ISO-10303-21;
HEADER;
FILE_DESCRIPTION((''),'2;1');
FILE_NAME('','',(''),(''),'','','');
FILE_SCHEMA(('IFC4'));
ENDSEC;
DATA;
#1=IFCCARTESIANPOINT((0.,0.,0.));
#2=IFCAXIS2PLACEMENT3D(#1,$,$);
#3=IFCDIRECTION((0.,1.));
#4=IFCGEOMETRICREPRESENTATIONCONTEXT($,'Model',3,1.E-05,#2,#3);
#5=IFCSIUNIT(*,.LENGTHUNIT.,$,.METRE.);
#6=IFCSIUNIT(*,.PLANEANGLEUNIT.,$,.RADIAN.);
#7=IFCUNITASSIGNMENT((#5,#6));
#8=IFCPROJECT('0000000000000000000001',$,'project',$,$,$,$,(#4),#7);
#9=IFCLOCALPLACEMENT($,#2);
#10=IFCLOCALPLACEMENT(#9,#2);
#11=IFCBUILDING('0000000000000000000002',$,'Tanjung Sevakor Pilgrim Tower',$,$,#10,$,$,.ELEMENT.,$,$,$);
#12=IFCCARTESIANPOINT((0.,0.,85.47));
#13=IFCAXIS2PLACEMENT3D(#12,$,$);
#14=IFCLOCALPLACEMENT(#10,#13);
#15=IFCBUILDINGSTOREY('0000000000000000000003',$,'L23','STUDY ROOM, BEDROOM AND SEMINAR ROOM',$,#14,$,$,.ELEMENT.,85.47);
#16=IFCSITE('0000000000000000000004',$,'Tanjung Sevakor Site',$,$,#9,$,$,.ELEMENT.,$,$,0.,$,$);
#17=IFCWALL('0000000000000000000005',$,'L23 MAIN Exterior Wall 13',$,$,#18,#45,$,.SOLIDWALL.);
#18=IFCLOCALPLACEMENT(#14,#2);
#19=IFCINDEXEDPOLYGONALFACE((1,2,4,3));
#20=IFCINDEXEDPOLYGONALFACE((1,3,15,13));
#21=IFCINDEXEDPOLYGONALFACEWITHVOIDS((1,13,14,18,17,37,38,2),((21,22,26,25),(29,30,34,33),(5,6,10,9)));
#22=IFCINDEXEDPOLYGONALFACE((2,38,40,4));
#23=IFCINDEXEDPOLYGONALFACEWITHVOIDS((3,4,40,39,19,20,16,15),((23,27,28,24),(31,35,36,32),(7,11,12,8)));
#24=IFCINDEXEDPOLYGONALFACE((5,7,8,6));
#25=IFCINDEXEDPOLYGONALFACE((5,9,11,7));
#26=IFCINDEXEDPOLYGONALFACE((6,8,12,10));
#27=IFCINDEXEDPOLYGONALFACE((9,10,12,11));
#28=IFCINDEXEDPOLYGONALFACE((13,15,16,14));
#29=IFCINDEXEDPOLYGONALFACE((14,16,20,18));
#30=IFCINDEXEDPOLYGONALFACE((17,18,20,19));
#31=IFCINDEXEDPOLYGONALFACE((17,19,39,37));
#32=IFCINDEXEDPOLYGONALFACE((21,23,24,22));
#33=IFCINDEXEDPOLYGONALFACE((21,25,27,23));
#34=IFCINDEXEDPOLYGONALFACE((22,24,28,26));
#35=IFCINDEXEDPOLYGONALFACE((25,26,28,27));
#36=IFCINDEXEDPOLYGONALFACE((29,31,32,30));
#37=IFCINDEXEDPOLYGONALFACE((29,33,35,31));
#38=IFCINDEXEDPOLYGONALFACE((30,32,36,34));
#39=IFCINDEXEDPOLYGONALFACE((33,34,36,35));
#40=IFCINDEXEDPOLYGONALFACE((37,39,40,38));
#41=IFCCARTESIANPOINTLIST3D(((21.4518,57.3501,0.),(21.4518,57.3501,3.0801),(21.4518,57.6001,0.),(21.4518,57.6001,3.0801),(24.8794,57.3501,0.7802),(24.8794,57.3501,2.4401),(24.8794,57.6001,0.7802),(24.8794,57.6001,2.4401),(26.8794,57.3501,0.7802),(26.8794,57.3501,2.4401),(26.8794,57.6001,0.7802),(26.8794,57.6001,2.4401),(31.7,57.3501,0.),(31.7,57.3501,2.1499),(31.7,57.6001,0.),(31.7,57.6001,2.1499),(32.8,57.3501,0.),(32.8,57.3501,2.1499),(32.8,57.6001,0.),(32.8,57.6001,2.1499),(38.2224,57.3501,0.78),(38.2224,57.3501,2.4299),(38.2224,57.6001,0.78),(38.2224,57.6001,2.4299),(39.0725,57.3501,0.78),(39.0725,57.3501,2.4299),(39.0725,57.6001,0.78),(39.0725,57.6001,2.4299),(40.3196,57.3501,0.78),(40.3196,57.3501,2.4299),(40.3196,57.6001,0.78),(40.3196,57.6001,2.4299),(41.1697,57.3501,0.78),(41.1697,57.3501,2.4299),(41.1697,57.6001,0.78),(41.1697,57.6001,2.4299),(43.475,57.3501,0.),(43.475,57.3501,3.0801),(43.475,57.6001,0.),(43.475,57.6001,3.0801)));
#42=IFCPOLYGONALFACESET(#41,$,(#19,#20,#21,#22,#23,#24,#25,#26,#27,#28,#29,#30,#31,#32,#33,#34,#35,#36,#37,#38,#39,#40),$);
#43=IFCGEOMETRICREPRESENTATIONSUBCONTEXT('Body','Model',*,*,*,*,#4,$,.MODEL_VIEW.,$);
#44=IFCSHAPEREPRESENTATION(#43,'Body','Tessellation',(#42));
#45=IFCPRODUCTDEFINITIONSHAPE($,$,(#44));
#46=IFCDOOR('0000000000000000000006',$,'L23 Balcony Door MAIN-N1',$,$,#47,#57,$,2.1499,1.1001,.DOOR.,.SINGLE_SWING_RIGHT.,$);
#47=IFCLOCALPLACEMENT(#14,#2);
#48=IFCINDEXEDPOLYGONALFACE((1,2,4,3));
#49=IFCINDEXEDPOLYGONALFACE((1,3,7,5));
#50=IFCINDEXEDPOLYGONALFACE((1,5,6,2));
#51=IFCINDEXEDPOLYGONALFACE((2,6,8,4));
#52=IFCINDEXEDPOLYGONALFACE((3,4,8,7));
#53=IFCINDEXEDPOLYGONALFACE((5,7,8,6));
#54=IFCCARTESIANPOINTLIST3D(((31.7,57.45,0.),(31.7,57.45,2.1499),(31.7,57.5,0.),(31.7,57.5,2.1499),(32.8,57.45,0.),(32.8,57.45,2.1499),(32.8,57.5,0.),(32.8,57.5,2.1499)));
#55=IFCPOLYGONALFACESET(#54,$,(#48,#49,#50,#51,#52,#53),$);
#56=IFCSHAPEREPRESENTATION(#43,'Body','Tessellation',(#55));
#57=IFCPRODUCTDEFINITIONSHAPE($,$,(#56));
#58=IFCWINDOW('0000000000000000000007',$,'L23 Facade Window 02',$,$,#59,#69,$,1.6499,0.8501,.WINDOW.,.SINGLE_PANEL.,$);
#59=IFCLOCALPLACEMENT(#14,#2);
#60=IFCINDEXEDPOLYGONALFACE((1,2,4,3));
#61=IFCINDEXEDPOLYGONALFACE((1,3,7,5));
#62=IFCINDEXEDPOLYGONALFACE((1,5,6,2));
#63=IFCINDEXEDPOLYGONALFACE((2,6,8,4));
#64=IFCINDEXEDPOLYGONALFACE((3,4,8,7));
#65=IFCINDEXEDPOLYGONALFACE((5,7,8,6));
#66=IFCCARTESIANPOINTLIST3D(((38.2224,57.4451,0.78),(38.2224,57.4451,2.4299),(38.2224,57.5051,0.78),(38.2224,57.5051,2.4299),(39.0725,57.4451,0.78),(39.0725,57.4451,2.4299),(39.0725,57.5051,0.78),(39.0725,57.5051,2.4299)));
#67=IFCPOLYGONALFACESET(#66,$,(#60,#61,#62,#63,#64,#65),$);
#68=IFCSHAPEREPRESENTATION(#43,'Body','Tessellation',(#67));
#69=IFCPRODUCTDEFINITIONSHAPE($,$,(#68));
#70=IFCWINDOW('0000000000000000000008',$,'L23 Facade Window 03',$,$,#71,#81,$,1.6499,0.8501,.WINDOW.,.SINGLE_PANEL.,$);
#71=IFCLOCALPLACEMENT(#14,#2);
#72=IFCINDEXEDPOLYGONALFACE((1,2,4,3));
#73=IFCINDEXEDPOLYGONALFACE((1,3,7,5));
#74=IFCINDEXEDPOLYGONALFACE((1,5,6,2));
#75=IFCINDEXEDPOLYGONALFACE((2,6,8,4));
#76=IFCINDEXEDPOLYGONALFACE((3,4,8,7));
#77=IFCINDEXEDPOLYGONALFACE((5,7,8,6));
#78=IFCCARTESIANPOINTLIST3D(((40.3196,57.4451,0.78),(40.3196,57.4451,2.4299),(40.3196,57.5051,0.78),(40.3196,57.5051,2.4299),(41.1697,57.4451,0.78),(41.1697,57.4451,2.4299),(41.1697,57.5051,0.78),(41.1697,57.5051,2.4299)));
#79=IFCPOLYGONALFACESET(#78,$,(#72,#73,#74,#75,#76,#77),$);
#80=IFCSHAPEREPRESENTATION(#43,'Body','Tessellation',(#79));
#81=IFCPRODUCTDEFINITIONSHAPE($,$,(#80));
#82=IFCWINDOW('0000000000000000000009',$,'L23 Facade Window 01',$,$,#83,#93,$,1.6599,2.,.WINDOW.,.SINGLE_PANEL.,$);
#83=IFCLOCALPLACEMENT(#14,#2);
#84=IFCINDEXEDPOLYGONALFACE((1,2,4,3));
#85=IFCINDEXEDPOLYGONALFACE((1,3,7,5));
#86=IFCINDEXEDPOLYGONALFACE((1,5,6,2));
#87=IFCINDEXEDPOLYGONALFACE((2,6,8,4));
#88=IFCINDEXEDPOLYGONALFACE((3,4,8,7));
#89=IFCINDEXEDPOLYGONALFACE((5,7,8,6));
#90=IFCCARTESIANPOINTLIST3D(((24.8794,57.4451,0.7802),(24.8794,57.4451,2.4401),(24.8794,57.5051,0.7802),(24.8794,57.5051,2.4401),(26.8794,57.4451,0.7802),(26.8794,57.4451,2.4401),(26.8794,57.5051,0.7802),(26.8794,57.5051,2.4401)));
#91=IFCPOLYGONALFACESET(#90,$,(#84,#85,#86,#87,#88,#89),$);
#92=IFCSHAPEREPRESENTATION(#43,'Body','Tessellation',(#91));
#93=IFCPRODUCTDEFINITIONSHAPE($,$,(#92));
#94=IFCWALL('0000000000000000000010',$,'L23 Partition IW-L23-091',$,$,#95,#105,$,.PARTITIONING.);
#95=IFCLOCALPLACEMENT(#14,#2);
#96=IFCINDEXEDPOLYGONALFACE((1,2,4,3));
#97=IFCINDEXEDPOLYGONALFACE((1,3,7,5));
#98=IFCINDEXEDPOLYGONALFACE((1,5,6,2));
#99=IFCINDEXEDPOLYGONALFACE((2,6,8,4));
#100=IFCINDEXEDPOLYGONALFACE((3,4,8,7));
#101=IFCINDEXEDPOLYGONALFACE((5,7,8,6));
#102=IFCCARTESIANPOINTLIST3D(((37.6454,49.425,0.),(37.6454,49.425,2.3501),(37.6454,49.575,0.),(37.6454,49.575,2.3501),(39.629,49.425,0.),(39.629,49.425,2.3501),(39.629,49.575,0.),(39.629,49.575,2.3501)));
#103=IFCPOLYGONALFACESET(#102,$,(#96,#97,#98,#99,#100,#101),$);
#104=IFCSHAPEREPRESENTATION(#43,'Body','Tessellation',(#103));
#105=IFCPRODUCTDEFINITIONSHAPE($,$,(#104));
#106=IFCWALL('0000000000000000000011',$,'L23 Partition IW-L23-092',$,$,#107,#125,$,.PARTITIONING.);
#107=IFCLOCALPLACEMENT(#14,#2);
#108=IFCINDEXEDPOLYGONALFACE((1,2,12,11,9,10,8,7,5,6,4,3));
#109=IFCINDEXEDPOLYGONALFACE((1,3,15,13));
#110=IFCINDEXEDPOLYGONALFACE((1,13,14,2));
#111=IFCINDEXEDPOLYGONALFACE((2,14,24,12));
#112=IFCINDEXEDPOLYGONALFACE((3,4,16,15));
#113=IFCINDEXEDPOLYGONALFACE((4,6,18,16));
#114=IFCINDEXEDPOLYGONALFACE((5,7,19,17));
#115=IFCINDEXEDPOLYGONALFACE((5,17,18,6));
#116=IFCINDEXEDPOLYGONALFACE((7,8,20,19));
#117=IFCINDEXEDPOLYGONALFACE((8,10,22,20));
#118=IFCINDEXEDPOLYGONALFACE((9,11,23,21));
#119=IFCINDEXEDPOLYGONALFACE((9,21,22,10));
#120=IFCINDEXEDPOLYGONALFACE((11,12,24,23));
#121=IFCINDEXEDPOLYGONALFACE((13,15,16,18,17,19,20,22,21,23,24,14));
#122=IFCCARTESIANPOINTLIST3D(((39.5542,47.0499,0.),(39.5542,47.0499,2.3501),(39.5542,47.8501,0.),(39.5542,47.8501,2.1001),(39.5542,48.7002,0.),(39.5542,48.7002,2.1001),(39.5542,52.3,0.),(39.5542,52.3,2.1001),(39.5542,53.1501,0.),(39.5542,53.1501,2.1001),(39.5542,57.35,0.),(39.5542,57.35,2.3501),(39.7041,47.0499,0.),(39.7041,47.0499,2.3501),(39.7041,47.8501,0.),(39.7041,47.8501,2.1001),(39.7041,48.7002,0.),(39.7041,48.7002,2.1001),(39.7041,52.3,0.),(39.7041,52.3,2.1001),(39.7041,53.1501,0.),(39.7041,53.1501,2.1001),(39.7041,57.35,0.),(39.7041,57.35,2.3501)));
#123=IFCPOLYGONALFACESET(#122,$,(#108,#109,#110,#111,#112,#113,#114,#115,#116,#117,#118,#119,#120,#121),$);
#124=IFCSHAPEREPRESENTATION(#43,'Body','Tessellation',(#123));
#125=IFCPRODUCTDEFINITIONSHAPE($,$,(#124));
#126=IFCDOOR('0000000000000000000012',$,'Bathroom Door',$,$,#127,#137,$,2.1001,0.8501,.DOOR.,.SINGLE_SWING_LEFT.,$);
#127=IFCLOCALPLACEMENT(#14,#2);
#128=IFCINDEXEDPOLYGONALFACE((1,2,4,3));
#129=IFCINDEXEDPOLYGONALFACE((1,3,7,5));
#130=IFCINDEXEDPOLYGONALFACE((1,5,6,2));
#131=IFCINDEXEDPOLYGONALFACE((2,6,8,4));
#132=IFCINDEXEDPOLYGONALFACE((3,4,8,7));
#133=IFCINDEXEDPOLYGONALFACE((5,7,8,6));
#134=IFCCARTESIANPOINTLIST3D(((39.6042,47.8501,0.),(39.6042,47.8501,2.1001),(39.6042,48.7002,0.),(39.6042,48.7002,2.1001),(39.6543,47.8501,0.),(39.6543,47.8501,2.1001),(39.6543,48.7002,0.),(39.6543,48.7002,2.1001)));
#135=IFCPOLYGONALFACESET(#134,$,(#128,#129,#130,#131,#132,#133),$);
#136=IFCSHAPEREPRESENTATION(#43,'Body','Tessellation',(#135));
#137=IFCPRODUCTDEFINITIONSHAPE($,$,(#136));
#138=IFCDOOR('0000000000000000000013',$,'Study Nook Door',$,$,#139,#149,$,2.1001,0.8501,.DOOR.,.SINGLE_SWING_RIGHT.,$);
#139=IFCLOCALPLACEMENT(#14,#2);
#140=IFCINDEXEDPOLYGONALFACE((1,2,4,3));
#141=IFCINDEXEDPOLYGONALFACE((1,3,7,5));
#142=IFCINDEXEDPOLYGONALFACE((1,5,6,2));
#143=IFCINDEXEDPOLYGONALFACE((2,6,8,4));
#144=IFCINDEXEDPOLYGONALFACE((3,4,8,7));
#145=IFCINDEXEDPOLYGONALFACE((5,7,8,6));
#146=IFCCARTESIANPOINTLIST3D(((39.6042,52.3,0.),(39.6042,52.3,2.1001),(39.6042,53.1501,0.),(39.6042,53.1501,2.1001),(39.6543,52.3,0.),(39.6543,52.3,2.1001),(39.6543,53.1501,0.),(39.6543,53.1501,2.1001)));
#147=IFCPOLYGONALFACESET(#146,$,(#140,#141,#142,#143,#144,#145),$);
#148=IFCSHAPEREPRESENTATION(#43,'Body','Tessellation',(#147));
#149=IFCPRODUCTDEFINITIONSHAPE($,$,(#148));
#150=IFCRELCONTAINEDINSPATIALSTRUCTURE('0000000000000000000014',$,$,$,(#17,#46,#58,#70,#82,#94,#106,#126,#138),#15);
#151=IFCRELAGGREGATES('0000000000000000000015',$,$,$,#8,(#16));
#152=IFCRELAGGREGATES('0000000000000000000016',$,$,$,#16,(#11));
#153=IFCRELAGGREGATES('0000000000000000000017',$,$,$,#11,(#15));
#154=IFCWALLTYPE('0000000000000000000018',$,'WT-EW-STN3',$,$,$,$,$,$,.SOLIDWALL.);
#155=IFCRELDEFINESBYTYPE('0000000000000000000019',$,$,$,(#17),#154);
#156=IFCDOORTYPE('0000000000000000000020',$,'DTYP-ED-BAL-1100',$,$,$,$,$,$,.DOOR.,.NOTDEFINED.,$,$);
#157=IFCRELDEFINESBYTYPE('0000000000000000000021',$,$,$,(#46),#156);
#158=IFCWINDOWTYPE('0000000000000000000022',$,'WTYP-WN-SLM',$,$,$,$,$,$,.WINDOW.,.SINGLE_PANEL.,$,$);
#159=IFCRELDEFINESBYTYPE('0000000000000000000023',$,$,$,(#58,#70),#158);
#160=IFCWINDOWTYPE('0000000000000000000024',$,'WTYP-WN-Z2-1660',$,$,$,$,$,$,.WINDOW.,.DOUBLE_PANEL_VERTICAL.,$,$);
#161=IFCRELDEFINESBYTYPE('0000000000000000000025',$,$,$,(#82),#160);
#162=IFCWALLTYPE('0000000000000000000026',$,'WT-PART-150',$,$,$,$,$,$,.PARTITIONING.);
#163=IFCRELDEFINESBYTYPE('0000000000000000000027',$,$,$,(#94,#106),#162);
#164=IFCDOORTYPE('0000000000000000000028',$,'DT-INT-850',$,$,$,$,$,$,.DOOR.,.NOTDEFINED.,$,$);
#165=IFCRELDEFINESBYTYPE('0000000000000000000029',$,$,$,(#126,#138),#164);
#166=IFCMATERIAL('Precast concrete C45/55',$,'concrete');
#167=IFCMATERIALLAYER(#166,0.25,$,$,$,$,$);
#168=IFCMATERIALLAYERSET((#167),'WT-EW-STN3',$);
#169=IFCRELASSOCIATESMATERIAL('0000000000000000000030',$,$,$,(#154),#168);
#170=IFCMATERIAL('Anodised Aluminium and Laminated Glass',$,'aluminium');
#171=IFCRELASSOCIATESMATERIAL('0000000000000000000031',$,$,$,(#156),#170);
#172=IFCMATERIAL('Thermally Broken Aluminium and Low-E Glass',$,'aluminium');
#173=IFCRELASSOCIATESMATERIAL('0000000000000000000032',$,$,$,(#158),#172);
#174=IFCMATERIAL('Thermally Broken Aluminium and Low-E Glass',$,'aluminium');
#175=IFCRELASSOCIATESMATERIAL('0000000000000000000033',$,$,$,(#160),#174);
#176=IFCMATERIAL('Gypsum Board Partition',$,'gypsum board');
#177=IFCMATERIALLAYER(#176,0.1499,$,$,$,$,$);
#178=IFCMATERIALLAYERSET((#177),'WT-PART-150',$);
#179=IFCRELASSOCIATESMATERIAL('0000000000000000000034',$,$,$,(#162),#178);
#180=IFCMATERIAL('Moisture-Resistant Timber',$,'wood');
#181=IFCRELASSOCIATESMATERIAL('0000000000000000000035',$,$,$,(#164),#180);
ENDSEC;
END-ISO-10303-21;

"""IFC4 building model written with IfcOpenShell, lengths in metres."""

from ifc_helpers import new_model, si_unit, direction, frame, frame_2d, origin, place, context, subcontext, project, spatial, rectangle, extrude, material, layer, layer_set, type_object, element, fill, save


model = new_model("IFC4")

# Units and contexts
model_context = context("Model", 3, precision=1e-05, world=origin(), true_north=direction((0.0, 1.0)))
body_context = subcontext(model_context, "Body", "Model", "MODEL_VIEW")
ifc_project = project(units=[si_unit("LENGTHUNIT", "METRE"), si_unit("PLANEANGLEUNIT", "RADIAN")], contexts=[model_context])

# Site, building, storey
site_placement = place(None, origin())
site = spatial("IfcSite", under=ifc_project, at=site_placement, Name="Tanjung Sevakor Site", CompositionType="ELEMENT", RefElevation=0.0)
building_placement = place(site_placement, origin())
building = spatial("IfcBuilding", under=site, at=building_placement, Name="Tanjung Sevakor Pilgrim Tower", CompositionType="ELEMENT")
storey_placement = place(building_placement, frame((0.0, 0.0, 85.47)))
storey = spatial("IfcBuildingStorey", under=building, at=storey_placement, Name="L23", Description="STUDY ROOM, BEDROOM AND SEMINAR ROOM", CompositionType="ELEMENT", Elevation=85.47)

# Shared definitions
ifc_material_1 = material(Name="Precast concrete C45/55", Category="concrete")
ifc_layer_1 = layer(ifc_material_1, 0.25)
ifc_layer_set_1 = layer_set([ifc_layer_1], Name="WT-EW-STN3")
wall_type_1 = type_object("IfcWallType", Name="WT-EW-STN3", PredefinedType="SOLIDWALL", material=ifc_layer_set_1)

# Wall, openings, door, windows
wall_1_placement = place(storey_placement, frame((43.4751, 57.4751, 0.0), z_axis=(0.0, 0.0, 1.0), x_axis=(-1.0, 0.0, 0.0)))
wall_1 = element("IfcWall", 1, at=wall_1_placement, inside=storey, type_object=wall_type_1, Name="L23 MAIN Exterior Wall 13", PredefinedType="SOLIDWALL", context=body_context, shape_type="SweptSolid", body=[
    extrude(rectangle(XDim=22.0232, YDim=0.25, at=frame_2d((11.0117, 0.0))), origin(), (0.0, 0.0, 1.0), 3.0801),
])
opening_1_placement = place(wall_1_placement, frame((10.675, 0.0, 0.0)))
opening_1 = element("IfcOpeningElement", 2, at=opening_1_placement, cuts=wall_1, PredefinedType="OPENING", context=body_context, shape_type="SweptSolid", body=[
    extrude(rectangle(XDim=1.1001, YDim=2.1499, at=frame_2d((0.55, 1.075))), frame((0.0, 0.135, 0.0), z_axis=(0.0, -1.0, 0.0), x_axis=(1.0, 0.0, 0.0)), (0.0, 0.0, 1.0), 0.27),
])
opening_2_placement = place(wall_1_placement, frame((16.5957, 0.0, 0.78)))
opening_2 = element("IfcOpeningElement", 3, at=opening_2_placement, cuts=wall_1, PredefinedType="OPENING", context=body_context, shape_type="SweptSolid", body=[
    extrude(rectangle(XDim=2.0, YDim=1.6599, at=frame_2d((1.0, 0.8301))), frame((0.0, 0.135, 0.0), z_axis=(0.0, -1.0, 0.0), x_axis=(1.0, 0.0, 0.0)), (0.0, 0.0, 1.0), 0.27),
])
opening_3_placement = place(wall_1_placement, frame((4.4026, 0.0, 0.78)))
opening_3 = element("IfcOpeningElement", 4, at=opening_3_placement, cuts=wall_1, PredefinedType="OPENING", context=body_context, shape_type="SweptSolid", body=[
    extrude(rectangle(XDim=0.8501, YDim=1.6499, at=frame_2d((0.425, 0.825))), frame((0.0, 0.135, 0.0), z_axis=(0.0, -1.0, 0.0), x_axis=(1.0, 0.0, 0.0)), (0.0, 0.0, 1.0), 0.27),
])
opening_4_placement = place(wall_1_placement, frame((2.3054, 0.0, 0.78)))
opening_4 = element("IfcOpeningElement", 5, at=opening_4_placement, cuts=wall_1, PredefinedType="OPENING", context=body_context, shape_type="SweptSolid", body=[
    extrude(rectangle(XDim=0.8501, YDim=1.6499, at=frame_2d((0.425, 0.825))), frame((0.0, 0.135, 0.0), z_axis=(0.0, -1.0, 0.0), x_axis=(1.0, 0.0, 0.0)), (0.0, 0.0, 1.0), 0.27),
])
ifc_material_2 = material(Name="Anodised Aluminium and Laminated Glass", Category="aluminium")
door_type_1 = type_object("IfcDoorType", Name="DTYP-ED-BAL-1100", OperationType="NOTDEFINED", PredefinedType="DOOR", material=ifc_material_2)
door_1_placement = place(opening_1_placement, frame((1.1001, 0.0, 0.0), z_axis=(0.0, 0.0, 1.0), x_axis=(-1.0, 0.0, 0.0)))
door_1 = element("IfcDoor", 6, at=door_1_placement, inside=storey, type_object=door_type_1, Name="L23 Balcony Door MAIN-N1", OperationType="SINGLE_SWING_RIGHT", OverallHeight=2.1499, OverallWidth=1.1001, PredefinedType="DOOR", context=body_context, shape_type="SweptSolid", body=[
    extrude(rectangle(XDim=1.1001, YDim=2.1499, at=frame_2d((0.55, 1.075))), frame((0.0, 0.0249, 0.0), z_axis=(0.0, -1.0, 0.0), x_axis=(1.0, 0.0, 0.0)), (0.0, 0.0, 1.0), 0.05),
])
fill(opening_1, door_1)
ifc_material_3 = material(Name="Thermally Broken Aluminium and Low-E Glass", Category="aluminium")
window_type_1 = type_object("IfcWindowType", Name="WTYP-WN-SLM", PartitioningType="SINGLE_PANEL", PredefinedType="WINDOW", material=ifc_material_3)
window_1_placement = place(opening_3_placement, origin())
window_1 = element("IfcWindow", 7, at=window_1_placement, inside=storey, type_object=window_type_1, Name="L23 Facade Window 02", OverallHeight=1.6499, OverallWidth=0.8501, PartitioningType="SINGLE_PANEL", PredefinedType="WINDOW", context=body_context, shape_type="SweptSolid", body=[
    extrude(rectangle(XDim=0.8501, YDim=1.6499, at=frame_2d((0.425, 0.825))), frame((0.0, 0.03, 0.0), z_axis=(0.0, -1.0, 0.0), x_axis=(1.0, 0.0, 0.0)), (0.0, 0.0, 1.0), 0.0601),
])
fill(opening_3, window_1)
window_2_placement = place(opening_4_placement, origin())
window_2 = element("IfcWindow", 8, at=window_2_placement, inside=storey, type_object=window_type_1, Name="L23 Facade Window 03", OverallHeight=1.6499, OverallWidth=0.8501, PartitioningType="SINGLE_PANEL", PredefinedType="WINDOW", context=body_context, shape_type="SweptSolid", body=[
    extrude(rectangle(XDim=0.8501, YDim=1.6499, at=frame_2d((0.425, 0.825))), frame((0.0, 0.03, 0.0), z_axis=(0.0, -1.0, 0.0), x_axis=(1.0, 0.0, 0.0)), (0.0, 0.0, 1.0), 0.0601),
])
fill(opening_4, window_2)
ifc_material_4 = material(Name="Thermally Broken Aluminium and Low-E Glass", Category="aluminium")
window_type_2 = type_object("IfcWindowType", Name="WTYP-WN-Z2-1660", PartitioningType="DOUBLE_PANEL_VERTICAL", PredefinedType="WINDOW", material=ifc_material_4)
window_3_placement = place(opening_2_placement, origin())
window_3 = element("IfcWindow", 9, at=window_3_placement, inside=storey, type_object=window_type_2, Name="L23 Facade Window 01", OverallHeight=1.6599, OverallWidth=2.0, PartitioningType="SINGLE_PANEL", PredefinedType="WINDOW", context=body_context, shape_type="SweptSolid", body=[
    extrude(rectangle(XDim=2.0, YDim=1.6599, at=frame_2d((1.0, 0.8301))), frame((0.0, 0.03, 0.0), z_axis=(0.0, -1.0, 0.0), x_axis=(1.0, 0.0, 0.0)), (0.0, 0.0, 1.0), 0.0601),
])
fill(opening_2, window_3)

# Wall
ifc_material_5 = material(Name="Gypsum Board Partition", Category="gypsum board")
ifc_layer_2 = layer(ifc_material_5, 0.1499)
ifc_layer_set_2 = layer_set([ifc_layer_2], Name="WT-PART-150")
wall_type_2 = type_object("IfcWallType", Name="WT-PART-150", PredefinedType="PARTITIONING", material=ifc_layer_set_2)
wall_2_placement = place(storey_placement, frame((37.6455, 49.5, 0.0), z_axis=(0.0, 0.0, 1.0), x_axis=(1.0, 0.0, 0.0)))
element("IfcWall", 10, at=wall_2_placement, inside=storey, type_object=wall_type_2, Name="L23 Partition IW-L23-091", PredefinedType="PARTITIONING", context=body_context, shape_type="SweptSolid", body=[
    extrude(rectangle(XDim=1.9836, YDim=0.1499, at=frame_2d((0.9917, 0.0))), origin(), (0.0, 0.0, 1.0), 2.3501),
])

# Wall, openings, doors
wall_3_placement = place(storey_placement, frame((39.6292, 47.05, 0.0), z_axis=(0.0, 0.0, 1.0), x_axis=(0.0, 1.0, 0.0)))
wall_3 = element("IfcWall", 11, at=wall_3_placement, inside=storey, type_object=wall_type_2, Name="L23 Partition IW-L23-092", PredefinedType="PARTITIONING", context=body_context, shape_type="SweptSolid", body=[
    extrude(rectangle(XDim=10.3, YDim=0.1499, at=frame_2d((5.1499, 0.0))), origin(), (0.0, 0.0, 1.0), 2.3501),
])
opening_5_placement = place(wall_3_placement, frame((0.8, 0.0, 0.0)))
opening_5 = element("IfcOpeningElement", 12, at=opening_5_placement, cuts=wall_3, PredefinedType="OPENING", context=body_context, shape_type="SweptSolid", body=[
    extrude(rectangle(XDim=0.8501, YDim=2.1001, at=frame_2d((0.425, 1.05))), frame((0.0, 0.085, 0.0), z_axis=(0.0, -1.0, 0.0), x_axis=(1.0, 0.0, 0.0)), (0.0, 0.0, 1.0), 0.1699),
])
opening_6_placement = place(wall_3_placement, frame((5.25, 0.0, 0.0)))
opening_6 = element("IfcOpeningElement", 13, at=opening_6_placement, cuts=wall_3, PredefinedType="OPENING", context=body_context, shape_type="SweptSolid", body=[
    extrude(rectangle(XDim=0.8501, YDim=2.1001, at=frame_2d((0.425, 1.05))), frame((0.0, 0.085, 0.0), z_axis=(0.0, -1.0, 0.0), x_axis=(1.0, 0.0, 0.0)), (0.0, 0.0, 1.0), 0.1699),
])
ifc_material_6 = material(Name="Moisture-Resistant Timber", Category="wood")
door_type_2 = type_object("IfcDoorType", Name="DT-INT-850", OperationType="NOTDEFINED", PredefinedType="DOOR", material=ifc_material_6)
door_2_placement = place(opening_5_placement, origin())
door_2 = element("IfcDoor", 14, at=door_2_placement, inside=storey, type_object=door_type_2, Name="Bathroom Door", OperationType="SINGLE_SWING_LEFT", OverallHeight=2.1001, OverallWidth=0.8501, PredefinedType="DOOR", context=body_context, shape_type="SweptSolid", body=[
    extrude(rectangle(XDim=0.8501, YDim=2.1001, at=frame_2d((0.425, 1.05))), frame((0.0, 0.0249, 0.0), z_axis=(0.0, -1.0, 0.0), x_axis=(1.0, 0.0, 0.0)), (0.0, 0.0, 1.0), 0.05),
])
fill(opening_5, door_2)
door_3_placement = place(opening_6_placement, origin())
door_3 = element("IfcDoor", 15, at=door_3_placement, inside=storey, type_object=door_type_2, Name="Study Nook Door", OperationType="SINGLE_SWING_RIGHT", OverallHeight=2.1001, OverallWidth=0.8501, PredefinedType="DOOR", context=body_context, shape_type="SweptSolid", body=[
    extrude(rectangle(XDim=0.8501, YDim=2.1001, at=frame_2d((0.425, 1.05))), frame((0.0, 0.0249, 0.0), z_axis=(0.0, -1.0, 0.0), x_axis=(1.0, 0.0, 0.0)), (0.0, 0.0, 1.0), 0.05),
])
fill(opening_6, door_3)

save(model, "model.ifc")
